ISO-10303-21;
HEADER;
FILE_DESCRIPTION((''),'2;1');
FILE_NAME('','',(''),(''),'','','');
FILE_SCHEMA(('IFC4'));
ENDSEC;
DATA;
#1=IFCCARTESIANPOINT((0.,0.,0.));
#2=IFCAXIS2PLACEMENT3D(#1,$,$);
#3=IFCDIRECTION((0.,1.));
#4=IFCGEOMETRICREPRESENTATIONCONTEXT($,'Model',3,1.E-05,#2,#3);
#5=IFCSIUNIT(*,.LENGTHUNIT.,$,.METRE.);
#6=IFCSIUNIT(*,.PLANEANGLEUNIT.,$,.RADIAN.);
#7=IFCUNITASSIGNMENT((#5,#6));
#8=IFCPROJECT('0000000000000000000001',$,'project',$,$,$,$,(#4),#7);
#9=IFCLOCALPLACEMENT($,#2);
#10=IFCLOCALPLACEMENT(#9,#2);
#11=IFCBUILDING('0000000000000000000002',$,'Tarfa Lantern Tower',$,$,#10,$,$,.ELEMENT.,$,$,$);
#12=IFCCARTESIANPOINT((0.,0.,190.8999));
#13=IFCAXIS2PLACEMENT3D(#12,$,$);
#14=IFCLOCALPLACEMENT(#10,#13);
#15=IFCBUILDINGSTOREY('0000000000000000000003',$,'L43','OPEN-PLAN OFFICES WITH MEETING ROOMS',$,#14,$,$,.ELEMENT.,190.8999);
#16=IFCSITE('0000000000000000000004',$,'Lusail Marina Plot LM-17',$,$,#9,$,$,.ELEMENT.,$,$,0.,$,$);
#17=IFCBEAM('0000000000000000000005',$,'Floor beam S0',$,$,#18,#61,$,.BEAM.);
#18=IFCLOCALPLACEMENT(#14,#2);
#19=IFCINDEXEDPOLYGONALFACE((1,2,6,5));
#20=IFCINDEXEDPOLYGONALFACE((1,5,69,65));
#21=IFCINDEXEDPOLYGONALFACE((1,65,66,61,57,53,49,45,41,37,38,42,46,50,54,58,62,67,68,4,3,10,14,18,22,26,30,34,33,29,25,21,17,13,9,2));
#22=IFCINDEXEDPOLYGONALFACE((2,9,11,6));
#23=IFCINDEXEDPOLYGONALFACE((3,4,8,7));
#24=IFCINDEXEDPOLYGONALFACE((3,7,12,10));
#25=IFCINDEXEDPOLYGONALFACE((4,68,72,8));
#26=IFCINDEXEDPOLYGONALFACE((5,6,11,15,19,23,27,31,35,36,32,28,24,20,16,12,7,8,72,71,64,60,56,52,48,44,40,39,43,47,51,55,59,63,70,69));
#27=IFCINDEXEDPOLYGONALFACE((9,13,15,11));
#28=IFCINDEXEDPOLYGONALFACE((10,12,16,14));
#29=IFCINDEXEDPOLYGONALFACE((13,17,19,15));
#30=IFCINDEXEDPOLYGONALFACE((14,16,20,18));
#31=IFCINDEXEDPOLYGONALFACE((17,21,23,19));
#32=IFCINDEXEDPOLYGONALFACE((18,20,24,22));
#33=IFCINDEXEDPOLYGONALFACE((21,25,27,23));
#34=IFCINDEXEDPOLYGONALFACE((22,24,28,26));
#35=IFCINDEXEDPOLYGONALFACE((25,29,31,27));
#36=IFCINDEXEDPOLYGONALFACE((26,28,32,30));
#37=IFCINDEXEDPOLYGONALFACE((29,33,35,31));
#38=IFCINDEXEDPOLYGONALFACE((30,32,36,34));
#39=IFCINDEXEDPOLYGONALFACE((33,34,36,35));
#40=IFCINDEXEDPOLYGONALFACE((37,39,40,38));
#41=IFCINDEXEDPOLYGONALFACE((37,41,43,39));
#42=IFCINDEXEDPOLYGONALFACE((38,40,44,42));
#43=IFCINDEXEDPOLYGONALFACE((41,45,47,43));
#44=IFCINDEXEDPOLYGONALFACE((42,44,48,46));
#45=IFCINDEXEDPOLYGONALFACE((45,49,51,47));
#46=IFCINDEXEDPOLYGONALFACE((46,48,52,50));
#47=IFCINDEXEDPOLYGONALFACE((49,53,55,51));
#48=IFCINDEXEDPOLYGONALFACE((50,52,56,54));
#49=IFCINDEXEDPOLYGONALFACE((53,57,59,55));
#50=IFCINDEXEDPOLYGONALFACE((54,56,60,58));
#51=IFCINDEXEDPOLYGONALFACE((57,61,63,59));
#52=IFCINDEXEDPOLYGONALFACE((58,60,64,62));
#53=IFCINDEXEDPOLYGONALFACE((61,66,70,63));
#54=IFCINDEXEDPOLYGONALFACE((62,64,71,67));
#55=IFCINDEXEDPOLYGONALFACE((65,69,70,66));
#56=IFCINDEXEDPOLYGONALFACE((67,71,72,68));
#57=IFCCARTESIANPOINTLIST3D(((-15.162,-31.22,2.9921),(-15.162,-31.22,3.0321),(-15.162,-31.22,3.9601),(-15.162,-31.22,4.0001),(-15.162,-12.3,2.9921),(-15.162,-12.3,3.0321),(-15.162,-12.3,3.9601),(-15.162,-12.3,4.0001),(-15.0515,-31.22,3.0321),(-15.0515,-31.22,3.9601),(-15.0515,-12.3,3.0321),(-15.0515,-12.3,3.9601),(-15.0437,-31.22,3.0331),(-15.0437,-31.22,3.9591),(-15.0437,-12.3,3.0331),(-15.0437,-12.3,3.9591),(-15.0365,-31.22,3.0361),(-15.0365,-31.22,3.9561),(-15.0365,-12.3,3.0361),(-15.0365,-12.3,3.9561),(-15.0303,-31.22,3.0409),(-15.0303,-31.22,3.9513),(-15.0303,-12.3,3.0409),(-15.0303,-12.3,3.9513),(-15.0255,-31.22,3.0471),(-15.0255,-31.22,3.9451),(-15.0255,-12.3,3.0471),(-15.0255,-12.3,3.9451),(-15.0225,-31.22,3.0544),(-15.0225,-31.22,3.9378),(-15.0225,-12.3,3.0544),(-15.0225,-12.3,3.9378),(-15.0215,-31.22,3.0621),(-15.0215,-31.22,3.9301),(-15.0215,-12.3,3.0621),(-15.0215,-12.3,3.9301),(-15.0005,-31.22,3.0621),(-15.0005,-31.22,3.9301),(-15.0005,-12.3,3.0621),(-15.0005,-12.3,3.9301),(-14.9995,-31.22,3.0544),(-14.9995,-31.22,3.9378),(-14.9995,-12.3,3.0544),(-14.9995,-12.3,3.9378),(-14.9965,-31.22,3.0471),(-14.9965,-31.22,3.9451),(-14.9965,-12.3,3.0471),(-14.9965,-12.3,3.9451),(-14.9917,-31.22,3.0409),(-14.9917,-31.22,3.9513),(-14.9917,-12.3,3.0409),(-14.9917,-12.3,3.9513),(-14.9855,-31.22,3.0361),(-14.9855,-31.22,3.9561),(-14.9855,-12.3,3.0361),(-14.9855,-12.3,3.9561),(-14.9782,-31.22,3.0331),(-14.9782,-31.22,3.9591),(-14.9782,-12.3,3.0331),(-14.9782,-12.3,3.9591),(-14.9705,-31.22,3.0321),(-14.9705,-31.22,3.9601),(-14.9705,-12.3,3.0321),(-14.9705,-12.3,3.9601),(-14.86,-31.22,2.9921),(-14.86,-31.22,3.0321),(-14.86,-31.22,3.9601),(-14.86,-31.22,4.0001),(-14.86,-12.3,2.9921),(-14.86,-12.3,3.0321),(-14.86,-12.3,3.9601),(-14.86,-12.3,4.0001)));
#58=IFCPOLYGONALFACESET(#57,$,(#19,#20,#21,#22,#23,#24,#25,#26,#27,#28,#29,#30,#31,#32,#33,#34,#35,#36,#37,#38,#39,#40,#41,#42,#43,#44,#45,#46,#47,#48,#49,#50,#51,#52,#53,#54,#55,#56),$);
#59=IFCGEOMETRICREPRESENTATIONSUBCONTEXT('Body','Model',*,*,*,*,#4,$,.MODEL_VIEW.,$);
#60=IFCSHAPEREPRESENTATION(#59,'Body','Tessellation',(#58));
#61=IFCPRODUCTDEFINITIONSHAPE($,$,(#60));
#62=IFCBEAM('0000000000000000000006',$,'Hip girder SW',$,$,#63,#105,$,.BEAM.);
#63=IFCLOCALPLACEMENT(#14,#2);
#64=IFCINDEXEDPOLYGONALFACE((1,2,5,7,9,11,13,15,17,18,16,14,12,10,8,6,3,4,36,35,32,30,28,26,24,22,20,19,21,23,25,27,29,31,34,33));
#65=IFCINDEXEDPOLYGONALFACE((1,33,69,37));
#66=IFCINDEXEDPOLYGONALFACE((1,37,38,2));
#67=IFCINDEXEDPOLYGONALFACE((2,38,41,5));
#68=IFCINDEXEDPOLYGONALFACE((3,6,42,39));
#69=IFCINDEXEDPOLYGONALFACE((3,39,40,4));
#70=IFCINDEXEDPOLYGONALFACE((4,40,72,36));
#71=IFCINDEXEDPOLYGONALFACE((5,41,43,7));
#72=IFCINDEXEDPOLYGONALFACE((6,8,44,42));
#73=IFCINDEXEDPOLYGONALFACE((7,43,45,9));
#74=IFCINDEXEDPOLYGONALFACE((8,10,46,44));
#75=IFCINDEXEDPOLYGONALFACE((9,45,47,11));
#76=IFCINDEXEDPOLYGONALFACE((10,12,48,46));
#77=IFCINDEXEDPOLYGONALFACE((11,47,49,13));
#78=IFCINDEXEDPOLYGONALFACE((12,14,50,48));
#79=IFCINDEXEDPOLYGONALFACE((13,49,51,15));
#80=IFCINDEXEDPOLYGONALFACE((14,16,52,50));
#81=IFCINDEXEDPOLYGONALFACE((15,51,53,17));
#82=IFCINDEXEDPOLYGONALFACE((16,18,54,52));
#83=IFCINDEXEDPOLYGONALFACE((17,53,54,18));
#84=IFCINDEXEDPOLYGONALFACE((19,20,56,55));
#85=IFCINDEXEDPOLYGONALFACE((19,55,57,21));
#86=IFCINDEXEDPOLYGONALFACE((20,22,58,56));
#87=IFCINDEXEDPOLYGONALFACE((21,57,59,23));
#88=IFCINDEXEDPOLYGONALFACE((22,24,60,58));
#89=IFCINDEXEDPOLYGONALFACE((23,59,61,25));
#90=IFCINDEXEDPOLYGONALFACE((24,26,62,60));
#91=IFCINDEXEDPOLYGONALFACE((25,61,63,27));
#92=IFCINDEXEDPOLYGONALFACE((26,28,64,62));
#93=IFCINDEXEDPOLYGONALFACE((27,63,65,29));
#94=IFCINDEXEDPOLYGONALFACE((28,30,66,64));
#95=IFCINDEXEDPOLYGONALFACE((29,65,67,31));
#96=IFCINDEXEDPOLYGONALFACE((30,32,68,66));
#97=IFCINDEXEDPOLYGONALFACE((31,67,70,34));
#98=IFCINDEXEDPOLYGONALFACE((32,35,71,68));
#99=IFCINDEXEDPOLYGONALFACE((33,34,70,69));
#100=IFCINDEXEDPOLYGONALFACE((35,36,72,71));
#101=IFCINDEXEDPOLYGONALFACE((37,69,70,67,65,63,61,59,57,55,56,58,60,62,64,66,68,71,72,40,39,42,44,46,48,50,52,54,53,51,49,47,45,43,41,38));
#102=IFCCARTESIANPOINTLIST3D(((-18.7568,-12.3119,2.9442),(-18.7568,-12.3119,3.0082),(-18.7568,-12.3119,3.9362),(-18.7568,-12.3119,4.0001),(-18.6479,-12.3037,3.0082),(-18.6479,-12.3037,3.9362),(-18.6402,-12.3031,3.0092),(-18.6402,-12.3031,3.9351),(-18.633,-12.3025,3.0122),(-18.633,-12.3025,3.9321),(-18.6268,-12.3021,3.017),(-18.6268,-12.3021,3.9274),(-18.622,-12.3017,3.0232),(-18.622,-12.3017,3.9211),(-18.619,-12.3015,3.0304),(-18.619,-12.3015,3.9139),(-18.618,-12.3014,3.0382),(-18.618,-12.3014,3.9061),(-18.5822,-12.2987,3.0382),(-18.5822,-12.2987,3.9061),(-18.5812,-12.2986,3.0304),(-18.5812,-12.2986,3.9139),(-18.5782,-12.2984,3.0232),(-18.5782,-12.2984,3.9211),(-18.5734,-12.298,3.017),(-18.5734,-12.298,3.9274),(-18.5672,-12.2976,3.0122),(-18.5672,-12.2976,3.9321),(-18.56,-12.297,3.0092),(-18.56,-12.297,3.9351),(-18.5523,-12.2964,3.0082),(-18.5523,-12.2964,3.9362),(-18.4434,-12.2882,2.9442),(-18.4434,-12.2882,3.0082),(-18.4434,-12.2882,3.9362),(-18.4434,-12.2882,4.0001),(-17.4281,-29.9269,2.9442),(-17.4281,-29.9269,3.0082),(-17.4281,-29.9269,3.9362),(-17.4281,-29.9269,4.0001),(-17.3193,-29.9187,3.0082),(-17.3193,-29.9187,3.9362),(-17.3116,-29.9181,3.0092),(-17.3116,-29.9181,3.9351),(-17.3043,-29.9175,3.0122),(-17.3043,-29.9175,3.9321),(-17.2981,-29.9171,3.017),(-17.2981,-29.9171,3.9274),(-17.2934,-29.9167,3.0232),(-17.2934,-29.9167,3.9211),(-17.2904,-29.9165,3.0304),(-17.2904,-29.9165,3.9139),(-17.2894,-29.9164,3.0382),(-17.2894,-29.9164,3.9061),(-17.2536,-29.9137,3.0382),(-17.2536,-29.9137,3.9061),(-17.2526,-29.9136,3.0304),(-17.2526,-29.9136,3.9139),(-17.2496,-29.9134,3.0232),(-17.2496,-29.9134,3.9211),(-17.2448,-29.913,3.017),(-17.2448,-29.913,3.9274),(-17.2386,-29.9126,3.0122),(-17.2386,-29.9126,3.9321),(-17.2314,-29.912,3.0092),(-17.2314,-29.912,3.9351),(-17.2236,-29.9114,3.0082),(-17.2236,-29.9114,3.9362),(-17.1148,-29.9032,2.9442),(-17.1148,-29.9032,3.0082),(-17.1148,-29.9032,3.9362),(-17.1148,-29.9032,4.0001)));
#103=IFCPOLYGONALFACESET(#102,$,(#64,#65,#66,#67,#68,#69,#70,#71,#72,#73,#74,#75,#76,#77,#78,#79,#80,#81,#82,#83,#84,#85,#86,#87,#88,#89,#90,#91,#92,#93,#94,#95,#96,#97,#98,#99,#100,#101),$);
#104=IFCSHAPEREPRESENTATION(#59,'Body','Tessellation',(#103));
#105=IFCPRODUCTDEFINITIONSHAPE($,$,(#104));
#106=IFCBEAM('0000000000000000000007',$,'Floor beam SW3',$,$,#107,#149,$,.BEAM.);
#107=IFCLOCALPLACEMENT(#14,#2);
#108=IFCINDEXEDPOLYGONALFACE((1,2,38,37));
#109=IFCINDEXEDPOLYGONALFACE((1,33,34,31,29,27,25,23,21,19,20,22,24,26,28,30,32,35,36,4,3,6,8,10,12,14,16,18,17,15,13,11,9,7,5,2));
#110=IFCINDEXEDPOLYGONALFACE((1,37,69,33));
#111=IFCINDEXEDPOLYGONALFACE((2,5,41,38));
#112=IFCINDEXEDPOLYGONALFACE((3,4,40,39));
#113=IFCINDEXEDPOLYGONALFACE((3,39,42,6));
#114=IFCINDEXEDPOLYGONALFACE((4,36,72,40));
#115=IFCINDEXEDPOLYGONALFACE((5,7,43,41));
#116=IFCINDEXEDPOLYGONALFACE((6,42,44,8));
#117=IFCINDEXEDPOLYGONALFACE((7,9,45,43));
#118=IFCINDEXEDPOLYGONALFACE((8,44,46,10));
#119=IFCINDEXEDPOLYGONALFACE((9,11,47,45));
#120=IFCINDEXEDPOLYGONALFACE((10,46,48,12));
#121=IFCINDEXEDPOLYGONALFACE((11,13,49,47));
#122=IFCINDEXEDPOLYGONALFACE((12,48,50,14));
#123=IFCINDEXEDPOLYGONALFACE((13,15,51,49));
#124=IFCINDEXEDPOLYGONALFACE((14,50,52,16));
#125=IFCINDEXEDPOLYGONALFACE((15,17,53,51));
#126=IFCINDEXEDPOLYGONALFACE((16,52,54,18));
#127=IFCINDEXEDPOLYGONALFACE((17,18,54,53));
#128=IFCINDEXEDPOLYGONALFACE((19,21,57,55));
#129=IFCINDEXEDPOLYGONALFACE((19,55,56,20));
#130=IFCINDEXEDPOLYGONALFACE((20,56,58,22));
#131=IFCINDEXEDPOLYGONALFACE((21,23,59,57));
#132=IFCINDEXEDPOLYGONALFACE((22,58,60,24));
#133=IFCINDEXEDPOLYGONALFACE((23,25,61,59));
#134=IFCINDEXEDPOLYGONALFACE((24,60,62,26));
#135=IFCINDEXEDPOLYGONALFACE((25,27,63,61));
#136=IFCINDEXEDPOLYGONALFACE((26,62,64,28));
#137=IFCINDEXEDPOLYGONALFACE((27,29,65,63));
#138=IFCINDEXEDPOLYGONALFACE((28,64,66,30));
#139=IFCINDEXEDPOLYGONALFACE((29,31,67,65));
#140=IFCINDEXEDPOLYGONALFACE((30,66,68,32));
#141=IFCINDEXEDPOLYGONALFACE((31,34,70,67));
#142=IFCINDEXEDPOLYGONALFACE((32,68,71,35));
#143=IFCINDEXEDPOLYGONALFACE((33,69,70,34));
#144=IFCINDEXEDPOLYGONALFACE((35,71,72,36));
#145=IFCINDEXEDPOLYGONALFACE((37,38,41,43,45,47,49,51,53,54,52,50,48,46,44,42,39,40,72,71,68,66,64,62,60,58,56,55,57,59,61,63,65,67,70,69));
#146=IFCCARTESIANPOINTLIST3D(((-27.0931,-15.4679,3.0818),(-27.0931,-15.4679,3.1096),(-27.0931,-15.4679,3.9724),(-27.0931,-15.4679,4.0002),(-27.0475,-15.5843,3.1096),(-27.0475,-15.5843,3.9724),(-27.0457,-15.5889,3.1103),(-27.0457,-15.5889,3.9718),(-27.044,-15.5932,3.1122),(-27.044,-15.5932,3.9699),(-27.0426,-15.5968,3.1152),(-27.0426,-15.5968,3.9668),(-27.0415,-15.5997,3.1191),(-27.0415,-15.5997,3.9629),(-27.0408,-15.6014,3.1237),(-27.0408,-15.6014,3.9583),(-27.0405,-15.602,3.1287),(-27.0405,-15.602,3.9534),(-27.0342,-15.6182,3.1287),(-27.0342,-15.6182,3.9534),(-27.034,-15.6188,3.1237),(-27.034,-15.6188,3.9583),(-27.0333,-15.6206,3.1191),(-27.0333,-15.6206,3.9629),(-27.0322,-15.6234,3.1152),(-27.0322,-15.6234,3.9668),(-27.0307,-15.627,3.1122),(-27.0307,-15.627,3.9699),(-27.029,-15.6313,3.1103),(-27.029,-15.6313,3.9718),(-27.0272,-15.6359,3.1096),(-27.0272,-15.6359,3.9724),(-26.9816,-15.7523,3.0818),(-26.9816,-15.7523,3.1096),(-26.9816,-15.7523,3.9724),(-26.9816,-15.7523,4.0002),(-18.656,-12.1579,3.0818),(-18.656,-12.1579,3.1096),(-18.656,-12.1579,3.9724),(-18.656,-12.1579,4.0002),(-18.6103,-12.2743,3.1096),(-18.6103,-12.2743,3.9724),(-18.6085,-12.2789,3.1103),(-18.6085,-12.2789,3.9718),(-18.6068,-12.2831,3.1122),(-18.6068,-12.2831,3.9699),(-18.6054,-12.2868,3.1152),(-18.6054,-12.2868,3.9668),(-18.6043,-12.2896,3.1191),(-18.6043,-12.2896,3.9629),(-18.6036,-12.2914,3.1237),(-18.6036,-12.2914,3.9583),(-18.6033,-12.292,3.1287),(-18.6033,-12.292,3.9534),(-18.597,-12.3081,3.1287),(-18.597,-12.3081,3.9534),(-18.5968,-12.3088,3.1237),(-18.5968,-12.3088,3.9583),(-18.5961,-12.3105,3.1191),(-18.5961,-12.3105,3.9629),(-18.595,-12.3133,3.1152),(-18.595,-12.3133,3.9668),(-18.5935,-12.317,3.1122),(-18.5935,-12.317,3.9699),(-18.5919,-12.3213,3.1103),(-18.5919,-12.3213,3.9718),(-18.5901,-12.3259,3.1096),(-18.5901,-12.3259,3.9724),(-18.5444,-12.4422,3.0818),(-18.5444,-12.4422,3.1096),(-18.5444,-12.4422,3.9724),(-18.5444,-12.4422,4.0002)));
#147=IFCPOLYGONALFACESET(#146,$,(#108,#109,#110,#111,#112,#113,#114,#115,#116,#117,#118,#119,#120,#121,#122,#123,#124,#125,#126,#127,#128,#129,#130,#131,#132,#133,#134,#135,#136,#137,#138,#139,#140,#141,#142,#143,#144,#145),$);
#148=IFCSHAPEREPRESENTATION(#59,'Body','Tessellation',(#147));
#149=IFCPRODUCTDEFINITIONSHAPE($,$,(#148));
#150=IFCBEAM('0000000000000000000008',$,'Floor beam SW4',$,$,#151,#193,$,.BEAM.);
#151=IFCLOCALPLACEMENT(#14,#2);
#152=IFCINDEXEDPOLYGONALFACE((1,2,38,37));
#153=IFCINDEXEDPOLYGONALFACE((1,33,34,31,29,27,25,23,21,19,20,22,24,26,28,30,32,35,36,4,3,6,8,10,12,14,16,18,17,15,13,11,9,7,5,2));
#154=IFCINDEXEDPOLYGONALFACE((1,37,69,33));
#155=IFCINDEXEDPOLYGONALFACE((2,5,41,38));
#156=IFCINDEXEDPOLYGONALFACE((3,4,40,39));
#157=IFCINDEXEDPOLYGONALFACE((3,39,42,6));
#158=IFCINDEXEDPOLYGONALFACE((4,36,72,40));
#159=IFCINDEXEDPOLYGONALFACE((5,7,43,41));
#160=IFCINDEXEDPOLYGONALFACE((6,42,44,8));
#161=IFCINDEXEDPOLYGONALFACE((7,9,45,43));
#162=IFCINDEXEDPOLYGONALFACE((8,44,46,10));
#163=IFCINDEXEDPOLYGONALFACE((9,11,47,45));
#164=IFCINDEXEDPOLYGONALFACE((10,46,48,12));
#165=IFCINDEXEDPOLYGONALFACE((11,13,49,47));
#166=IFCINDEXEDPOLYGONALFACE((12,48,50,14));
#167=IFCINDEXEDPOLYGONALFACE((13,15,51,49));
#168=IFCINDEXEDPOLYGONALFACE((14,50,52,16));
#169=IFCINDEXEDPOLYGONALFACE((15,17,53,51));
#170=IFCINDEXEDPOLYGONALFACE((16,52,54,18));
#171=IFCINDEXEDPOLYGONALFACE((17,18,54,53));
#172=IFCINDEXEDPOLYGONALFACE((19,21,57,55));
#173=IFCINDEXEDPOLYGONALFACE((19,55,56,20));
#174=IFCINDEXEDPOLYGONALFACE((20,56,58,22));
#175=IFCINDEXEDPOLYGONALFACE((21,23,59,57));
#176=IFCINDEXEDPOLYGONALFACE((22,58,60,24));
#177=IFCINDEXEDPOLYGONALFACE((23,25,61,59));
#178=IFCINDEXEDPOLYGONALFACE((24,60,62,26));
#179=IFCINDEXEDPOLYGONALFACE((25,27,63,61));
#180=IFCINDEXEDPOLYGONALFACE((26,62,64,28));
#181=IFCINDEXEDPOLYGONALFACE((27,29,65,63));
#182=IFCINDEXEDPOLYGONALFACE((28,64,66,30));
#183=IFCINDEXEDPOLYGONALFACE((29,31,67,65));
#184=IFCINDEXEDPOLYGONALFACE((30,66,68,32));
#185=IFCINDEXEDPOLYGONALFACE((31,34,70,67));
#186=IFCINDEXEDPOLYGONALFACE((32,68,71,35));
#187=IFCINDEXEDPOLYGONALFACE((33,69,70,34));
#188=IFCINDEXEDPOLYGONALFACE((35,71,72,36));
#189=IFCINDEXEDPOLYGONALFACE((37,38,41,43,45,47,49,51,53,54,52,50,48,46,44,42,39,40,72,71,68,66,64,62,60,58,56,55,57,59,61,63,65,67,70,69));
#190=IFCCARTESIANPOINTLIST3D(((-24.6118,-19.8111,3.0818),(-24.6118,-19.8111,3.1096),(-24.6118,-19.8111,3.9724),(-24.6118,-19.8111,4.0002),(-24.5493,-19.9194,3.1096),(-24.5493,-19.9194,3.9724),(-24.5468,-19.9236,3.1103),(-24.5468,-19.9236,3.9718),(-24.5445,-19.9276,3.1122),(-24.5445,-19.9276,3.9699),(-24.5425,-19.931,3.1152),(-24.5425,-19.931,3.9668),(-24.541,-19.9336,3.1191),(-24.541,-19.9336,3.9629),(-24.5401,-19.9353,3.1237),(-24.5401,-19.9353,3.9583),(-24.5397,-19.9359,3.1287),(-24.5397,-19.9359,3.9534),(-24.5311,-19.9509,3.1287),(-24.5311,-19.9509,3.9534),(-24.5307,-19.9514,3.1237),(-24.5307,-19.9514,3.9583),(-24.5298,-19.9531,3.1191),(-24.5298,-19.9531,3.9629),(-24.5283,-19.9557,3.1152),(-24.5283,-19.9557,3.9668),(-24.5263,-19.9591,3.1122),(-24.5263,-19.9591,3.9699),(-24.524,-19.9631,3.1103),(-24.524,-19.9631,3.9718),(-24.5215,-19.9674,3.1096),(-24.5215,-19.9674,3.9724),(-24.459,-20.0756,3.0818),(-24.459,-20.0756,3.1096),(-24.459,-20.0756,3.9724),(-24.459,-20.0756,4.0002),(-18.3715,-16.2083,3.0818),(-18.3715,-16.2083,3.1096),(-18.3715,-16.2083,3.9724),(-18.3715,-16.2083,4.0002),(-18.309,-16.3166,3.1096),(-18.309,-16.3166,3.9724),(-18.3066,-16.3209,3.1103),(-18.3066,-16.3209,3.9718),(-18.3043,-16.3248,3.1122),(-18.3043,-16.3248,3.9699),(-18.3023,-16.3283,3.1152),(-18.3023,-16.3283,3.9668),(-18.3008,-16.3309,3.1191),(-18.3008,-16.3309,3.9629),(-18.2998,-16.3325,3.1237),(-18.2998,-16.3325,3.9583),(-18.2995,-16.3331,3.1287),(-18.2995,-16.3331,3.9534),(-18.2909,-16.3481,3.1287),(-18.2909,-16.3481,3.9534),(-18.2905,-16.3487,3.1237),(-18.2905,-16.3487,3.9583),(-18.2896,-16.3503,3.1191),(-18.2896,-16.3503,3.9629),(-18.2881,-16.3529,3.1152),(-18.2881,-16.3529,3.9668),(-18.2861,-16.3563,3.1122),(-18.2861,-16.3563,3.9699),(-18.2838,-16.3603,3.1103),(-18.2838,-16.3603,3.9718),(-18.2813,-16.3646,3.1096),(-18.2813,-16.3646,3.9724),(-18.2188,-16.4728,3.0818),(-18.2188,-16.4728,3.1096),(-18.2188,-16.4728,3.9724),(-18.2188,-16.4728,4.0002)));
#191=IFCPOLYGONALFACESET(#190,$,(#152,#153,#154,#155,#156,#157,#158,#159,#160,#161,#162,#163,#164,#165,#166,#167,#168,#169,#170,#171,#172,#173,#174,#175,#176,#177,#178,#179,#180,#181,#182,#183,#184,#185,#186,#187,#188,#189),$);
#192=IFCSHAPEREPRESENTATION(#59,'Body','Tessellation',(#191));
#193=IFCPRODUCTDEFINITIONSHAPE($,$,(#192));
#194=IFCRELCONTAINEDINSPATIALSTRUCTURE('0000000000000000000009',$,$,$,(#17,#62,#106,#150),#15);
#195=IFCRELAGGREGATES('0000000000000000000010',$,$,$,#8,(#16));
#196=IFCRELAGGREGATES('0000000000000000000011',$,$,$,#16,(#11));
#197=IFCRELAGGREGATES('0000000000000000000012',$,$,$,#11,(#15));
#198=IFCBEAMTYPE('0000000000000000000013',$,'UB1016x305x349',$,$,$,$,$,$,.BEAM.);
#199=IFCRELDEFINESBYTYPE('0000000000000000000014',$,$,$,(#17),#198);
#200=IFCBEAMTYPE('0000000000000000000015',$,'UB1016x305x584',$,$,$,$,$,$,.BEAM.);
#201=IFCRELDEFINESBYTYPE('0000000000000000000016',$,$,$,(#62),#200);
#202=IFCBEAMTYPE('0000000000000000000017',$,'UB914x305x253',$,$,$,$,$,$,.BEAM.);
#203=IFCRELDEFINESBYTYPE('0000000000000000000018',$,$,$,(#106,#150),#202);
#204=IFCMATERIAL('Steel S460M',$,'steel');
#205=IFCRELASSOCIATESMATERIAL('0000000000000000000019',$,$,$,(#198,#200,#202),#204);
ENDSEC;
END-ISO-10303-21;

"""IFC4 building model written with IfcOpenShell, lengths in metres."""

from ifc_helpers import new_model, si_unit, direction, frame, origin, origin_2d, place, context, subcontext, project, spatial, i_section, extrude, material, material_profile, profile_set, type_object, element, save


model = new_model("IFC4")

# Units and contexts
model_context = context("Model", 3, precision=1e-05, world=origin(), true_north=direction((0.0, 1.0)))
body_context = subcontext(model_context, "Body", "Model", "MODEL_VIEW")
ifc_project = project(units=[si_unit("LENGTHUNIT", "METRE"), si_unit("PLANEANGLEUNIT", "RADIAN")], contexts=[model_context])

# Site, building, storey
site_placement = place(None, origin())
site = spatial("IfcSite", under=ifc_project, at=site_placement, Name="Lusail Marina Plot LM-17", CompositionType="ELEMENT", RefElevation=0.0)
building_placement = place(site_placement, origin())
building = spatial("IfcBuilding", under=site, at=building_placement, Name="Tarfa Lantern Tower", CompositionType="ELEMENT")
storey_placement = place(building_placement, frame((0.0, 0.0, 190.8999)))
storey = spatial("IfcBuildingStorey", under=building, at=storey_placement, Name="L43", Description="OPEN-PLAN OFFICES WITH MEETING ROOMS", CompositionType="ELEMENT", Elevation=190.8999)

# Beams
ifc_material_1 = material(Name="Steel S460M", Category="steel")
ifc_material_profile_1 = material_profile(ifc_material_1, i_section(OverallWidth=0.302, OverallDepth=1.0081, WebThickness=0.021, FlangeThickness=0.04, FilletRadius=0.03, at=origin_2d()), Name="UB1016x305x349")
ifc_profile_set_1 = profile_set([ifc_material_profile_1], Name="Steel S460M")
beam_type_1 = type_object("IfcBeamType", Name="UB1016x305x349", PredefinedType="BEAM", material=ifc_profile_set_1)
beam_1_placement = place(storey_placement, frame((-15.011, -31.22, 3.4961), z_axis=(0.0, 1.0, 0.0), x_axis=(-1.0, 0.0, 0.0)))
element("IfcBeam", 1, at=beam_1_placement, inside=storey, type_object=beam_type_1, Name="Floor beam S0", PredefinedType="BEAM", context=body_context, shape_type="SweptSolid", body=[
    extrude(i_section(OverallWidth=0.302, OverallDepth=1.0081, WebThickness=0.021, FlangeThickness=0.04, FilletRadius=0.03, at=origin_2d()), origin(), (0.0, 0.0, 1.0), 18.9199),
])
ifc_material_profile_2 = material_profile(ifc_material_1, i_section(OverallWidth=0.3142, OverallDepth=1.0559, WebThickness=0.0359, FlangeThickness=0.064, FilletRadius=0.03, at=origin_2d()), Name="UB1016x305x584")
ifc_profile_set_2 = profile_set([ifc_material_profile_2], Name="Steel S460M")
beam_type_2 = type_object("IfcBeamType", Name="UB1016x305x584", PredefinedType="BEAM", material=ifc_profile_set_2)
beam_2_placement = place(storey_placement, frame((-18.6001, -12.3, 3.4722), z_axis=(0.075212, -0.997168, 0.0), x_axis=(0.997168, 0.075212, 0.0)))
element("IfcBeam", 2, at=beam_2_placement, inside=storey, type_object=beam_type_2, Name="Hip girder SW", PredefinedType="BEAM", context=body_context, shape_type="SweptSolid", body=[
    extrude(i_section(OverallWidth=0.3142, OverallDepth=1.0559, WebThickness=0.0359, FlangeThickness=0.064, FilletRadius=0.03, at=origin_2d()), origin(), (0.0, 0.0, 1.0), 17.665),
])
ifc_material_profile_3 = material_profile(ifc_material_1, i_section(OverallWidth=0.3054, OverallDepth=0.9185, WebThickness=0.0173, FlangeThickness=0.0278, FilletRadius=0.019, at=origin_2d()), Name="UB914x305x253")
ifc_profile_set_3 = profile_set([ifc_material_profile_3], Name="Steel S460M")
beam_type_3 = type_object("IfcBeamType", Name="UB914x305x253", PredefinedType="BEAM", material=ifc_profile_set_3)
beam_3_placement = place(storey_placement, frame((-27.0374, -15.6101, 3.541), z_axis=(0.930923, 0.365215, 0.0), x_axis=(-0.365215, 0.930923, 0.0)))
element("IfcBeam", 3, at=beam_3_placement, inside=storey, type_object=beam_type_3, Name="Floor beam SW3", PredefinedType="BEAM", context=body_context, shape_type="SweptSolid", body=[
    extrude(i_section(OverallWidth=0.3054, OverallDepth=0.9185, WebThickness=0.0173, FlangeThickness=0.0278, FilletRadius=0.019, at=origin_2d()), origin(), (0.0, 0.0, 1.0), 9.0632),
])
beam_4_placement = place(storey_placement, frame((-24.5354, -19.9434, 3.541), z_axis=(0.866026, 0.499998, 0.0), x_axis=(-0.499998, 0.866026, 0.0)))
element("IfcBeam", 4, at=beam_4_placement, inside=storey, type_object=beam_type_3, Name="Floor beam SW4", PredefinedType="BEAM", context=body_context, shape_type="SweptSolid", body=[
    extrude(i_section(OverallWidth=0.3054, OverallDepth=0.9185, WebThickness=0.0173, FlangeThickness=0.0278, FilletRadius=0.019, at=origin_2d()), origin(), (0.0, 0.0, 1.0), 7.2056),
])

save(model, "model.ifc")
